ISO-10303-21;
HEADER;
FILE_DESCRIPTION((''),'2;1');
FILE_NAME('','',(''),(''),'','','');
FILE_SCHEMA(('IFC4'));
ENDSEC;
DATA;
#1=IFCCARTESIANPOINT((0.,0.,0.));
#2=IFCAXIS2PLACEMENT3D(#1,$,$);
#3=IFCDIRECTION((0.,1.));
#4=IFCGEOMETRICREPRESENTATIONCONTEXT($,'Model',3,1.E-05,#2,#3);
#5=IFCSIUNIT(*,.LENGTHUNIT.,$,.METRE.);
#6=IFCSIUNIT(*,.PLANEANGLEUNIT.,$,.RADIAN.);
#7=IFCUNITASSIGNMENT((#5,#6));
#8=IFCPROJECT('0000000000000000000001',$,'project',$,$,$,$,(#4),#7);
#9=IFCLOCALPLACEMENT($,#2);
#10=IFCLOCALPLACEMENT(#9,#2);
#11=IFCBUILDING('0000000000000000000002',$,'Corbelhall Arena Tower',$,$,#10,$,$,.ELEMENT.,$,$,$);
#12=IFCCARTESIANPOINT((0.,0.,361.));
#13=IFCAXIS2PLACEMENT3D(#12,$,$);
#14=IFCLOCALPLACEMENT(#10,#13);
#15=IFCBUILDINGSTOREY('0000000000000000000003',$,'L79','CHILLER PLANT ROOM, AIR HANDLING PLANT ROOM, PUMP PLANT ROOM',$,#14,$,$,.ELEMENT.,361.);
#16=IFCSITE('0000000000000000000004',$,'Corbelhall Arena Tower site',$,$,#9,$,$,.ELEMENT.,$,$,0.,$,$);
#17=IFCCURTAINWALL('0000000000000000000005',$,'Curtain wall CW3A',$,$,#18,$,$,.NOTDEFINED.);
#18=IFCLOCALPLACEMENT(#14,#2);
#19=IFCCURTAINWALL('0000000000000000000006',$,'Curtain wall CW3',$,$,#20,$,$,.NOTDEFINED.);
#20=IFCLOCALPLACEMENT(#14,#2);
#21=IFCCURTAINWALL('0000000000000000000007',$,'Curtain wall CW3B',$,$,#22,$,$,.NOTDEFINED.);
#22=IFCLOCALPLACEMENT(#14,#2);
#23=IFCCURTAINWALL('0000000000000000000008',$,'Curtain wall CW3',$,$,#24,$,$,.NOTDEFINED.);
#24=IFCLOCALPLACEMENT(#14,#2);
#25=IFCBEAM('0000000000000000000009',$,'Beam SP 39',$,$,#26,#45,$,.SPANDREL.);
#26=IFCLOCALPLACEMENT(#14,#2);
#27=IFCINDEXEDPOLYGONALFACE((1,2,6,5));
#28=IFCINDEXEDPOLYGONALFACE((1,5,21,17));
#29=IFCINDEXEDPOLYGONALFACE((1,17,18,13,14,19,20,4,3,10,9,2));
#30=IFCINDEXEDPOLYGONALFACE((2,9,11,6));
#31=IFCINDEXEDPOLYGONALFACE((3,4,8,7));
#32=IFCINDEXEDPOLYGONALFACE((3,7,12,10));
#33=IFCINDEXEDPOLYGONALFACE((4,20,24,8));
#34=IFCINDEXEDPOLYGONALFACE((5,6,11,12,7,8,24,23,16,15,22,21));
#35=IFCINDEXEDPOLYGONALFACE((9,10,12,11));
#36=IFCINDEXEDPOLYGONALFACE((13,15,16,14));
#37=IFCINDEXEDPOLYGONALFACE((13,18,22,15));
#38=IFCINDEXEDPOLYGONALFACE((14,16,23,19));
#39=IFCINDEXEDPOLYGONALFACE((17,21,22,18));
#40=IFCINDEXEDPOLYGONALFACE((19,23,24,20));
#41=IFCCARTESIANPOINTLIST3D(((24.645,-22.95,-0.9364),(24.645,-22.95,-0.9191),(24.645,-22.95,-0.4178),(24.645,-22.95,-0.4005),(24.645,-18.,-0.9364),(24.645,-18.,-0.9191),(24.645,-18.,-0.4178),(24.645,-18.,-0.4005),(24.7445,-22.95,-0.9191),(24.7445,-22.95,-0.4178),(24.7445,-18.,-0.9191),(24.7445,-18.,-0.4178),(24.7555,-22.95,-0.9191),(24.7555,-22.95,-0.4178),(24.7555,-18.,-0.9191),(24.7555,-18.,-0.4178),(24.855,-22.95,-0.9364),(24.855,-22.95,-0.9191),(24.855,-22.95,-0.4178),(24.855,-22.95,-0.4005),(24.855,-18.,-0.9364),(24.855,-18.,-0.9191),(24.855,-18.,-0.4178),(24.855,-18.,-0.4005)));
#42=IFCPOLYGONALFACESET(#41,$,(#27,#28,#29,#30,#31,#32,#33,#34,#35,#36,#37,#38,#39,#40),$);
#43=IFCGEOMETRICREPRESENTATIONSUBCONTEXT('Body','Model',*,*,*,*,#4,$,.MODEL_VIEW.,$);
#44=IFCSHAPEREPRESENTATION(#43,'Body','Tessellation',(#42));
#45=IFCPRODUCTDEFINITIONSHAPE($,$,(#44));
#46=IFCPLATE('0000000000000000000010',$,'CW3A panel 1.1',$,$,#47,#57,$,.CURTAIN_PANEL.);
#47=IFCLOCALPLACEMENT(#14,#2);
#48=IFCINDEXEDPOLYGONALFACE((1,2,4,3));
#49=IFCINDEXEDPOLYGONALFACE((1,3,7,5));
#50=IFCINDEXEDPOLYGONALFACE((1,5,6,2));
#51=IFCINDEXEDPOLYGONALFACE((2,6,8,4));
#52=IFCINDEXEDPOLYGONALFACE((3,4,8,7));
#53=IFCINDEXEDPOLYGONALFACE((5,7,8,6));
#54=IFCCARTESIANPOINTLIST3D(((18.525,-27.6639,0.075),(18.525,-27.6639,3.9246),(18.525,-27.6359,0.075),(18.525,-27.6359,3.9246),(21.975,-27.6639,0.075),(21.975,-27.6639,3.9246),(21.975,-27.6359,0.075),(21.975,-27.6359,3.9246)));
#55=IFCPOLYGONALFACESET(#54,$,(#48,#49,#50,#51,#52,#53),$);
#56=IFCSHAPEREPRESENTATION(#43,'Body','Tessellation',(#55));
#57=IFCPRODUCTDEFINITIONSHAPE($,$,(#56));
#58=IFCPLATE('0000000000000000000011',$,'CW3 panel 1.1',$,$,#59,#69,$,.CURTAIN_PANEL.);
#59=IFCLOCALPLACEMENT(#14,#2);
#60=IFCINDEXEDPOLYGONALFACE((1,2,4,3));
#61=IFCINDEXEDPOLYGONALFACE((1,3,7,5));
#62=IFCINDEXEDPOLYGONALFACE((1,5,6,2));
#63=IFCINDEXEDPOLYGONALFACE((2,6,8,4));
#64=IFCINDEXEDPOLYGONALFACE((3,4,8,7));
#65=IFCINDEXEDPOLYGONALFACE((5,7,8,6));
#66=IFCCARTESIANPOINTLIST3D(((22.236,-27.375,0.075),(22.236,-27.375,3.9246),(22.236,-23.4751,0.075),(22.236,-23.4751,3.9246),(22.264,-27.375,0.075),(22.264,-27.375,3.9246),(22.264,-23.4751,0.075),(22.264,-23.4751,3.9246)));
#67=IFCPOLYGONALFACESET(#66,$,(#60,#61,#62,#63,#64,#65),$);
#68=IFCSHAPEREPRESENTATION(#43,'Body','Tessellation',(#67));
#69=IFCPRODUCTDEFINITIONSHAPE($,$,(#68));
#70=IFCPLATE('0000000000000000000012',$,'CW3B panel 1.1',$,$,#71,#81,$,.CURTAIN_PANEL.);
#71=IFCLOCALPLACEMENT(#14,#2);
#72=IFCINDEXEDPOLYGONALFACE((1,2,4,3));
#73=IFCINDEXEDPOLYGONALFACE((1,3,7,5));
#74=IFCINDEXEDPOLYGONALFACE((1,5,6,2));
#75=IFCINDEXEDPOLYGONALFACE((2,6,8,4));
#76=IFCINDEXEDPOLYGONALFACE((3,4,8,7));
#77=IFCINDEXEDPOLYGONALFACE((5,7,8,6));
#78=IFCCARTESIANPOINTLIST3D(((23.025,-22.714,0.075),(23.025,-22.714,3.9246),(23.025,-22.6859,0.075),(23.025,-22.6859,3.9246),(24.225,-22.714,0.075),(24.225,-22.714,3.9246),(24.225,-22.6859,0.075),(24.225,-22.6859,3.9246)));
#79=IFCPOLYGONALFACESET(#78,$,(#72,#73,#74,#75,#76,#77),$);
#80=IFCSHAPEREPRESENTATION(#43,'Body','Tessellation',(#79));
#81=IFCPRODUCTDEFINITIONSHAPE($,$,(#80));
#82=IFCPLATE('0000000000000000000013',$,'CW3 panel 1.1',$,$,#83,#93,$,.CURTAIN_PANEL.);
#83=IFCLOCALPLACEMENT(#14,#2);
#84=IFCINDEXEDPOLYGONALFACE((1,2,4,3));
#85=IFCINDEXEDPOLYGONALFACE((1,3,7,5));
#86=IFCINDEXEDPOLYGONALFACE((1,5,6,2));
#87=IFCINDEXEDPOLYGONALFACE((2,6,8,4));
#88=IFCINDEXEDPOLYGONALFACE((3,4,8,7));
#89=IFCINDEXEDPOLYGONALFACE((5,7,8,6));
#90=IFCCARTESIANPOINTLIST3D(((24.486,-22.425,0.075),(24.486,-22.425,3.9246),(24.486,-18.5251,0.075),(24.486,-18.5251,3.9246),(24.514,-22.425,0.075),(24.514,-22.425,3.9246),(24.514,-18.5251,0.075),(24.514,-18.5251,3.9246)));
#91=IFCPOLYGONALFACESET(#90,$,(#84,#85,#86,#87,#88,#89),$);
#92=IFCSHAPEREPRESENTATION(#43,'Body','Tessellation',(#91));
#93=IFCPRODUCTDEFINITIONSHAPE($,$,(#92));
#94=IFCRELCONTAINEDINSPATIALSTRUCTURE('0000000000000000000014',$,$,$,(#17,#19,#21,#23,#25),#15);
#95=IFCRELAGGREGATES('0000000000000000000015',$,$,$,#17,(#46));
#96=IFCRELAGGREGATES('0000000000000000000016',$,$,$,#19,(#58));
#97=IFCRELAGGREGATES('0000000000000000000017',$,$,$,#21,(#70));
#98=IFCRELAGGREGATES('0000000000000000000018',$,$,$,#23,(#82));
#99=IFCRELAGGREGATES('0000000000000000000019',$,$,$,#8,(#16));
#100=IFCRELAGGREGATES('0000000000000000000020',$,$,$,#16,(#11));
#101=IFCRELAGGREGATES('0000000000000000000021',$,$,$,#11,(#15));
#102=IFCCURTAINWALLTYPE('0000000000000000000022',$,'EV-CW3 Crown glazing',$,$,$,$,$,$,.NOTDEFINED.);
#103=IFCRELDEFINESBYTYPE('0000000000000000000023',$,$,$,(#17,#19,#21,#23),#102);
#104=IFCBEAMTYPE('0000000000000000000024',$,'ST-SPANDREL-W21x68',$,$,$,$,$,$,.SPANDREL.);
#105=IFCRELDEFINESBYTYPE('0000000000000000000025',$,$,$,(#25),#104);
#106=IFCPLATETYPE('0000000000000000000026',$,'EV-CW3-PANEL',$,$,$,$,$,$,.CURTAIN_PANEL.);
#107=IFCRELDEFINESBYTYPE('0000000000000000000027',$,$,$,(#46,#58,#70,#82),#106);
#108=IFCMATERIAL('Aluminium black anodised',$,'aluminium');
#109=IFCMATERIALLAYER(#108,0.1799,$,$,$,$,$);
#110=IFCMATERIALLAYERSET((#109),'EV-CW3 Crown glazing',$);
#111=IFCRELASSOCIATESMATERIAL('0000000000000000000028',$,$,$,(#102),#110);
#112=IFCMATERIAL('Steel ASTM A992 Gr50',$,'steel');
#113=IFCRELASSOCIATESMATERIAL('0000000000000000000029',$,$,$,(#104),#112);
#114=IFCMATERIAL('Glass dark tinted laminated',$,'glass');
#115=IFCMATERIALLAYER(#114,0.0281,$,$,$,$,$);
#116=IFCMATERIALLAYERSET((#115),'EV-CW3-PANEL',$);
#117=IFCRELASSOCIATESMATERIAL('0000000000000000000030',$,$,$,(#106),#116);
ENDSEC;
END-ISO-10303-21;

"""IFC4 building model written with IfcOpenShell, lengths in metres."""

from ifc_helpers import new_model, si_unit, direction, frame, origin, origin_2d, place, context, subcontext, project, spatial, rectangle, i_section, extrude, material, layer, layer_set, material_profile, profile_set, type_object, element, aggregate, save


model = new_model("IFC4")

# Units and contexts
model_context = context("Model", 3, precision=1e-05, world=origin(), true_north=direction((0.0, 1.0)))
body_context = subcontext(model_context, "Body", "Model", "MODEL_VIEW")
ifc_project = project(units=[si_unit("LENGTHUNIT", "METRE"), si_unit("PLANEANGLEUNIT", "RADIAN")], contexts=[model_context])

# Site, building, storey
site_placement = place(None, origin())
site = spatial("IfcSite", under=ifc_project, at=site_placement, Name="Corbelhall Arena Tower site", CompositionType="ELEMENT", RefElevation=0.0)
building_placement = place(site_placement, origin())
building = spatial("IfcBuilding", under=site, at=building_placement, Name="Corbelhall Arena Tower", CompositionType="ELEMENT")
storey_placement = place(building_placement, frame((0.0, 0.0, 361.0)))
storey = spatial("IfcBuildingStorey", under=building, at=storey_placement, Name="L79", Description="CHILLER PLANT ROOM, AIR HANDLING PLANT ROOM, PUMP PLANT ROOM", CompositionType="ELEMENT", Elevation=361.0)

# Curtain wall
ifc_material_1 = material(Name="Aluminium black anodised", Category="aluminium")
ifc_layer_1 = layer(ifc_material_1, 0.1799)
ifc_layer_set_1 = layer_set([ifc_layer_1], Name="EV-CW3 Crown glazing")
curtain_wall_type = type_object("IfcCurtainWallType", Name="EV-CW3 Crown glazing", PredefinedType="NOTDEFINED", material=ifc_layer_set_1)
curtain_wall_1_placement = place(storey_placement, origin())
curtain_wall_1 = element("IfcCurtainWall", 1, at=curtain_wall_1_placement, inside=storey, type_object=curtain_wall_type, Name="Curtain wall CW3A", PredefinedType="NOTDEFINED")

# Curtain walls
curtain_wall_2_placement = place(storey_placement, origin())
curtain_wall_2 = element("IfcCurtainWall", 2, at=curtain_wall_2_placement, inside=storey, type_object=curtain_wall_type, Name="Curtain wall CW3", PredefinedType="NOTDEFINED")
curtain_wall_3_placement = place(storey_placement, origin())
curtain_wall_3 = element("IfcCurtainWall", 3, at=curtain_wall_3_placement, inside=storey, type_object=curtain_wall_type, Name="Curtain wall CW3B", PredefinedType="NOTDEFINED")
curtain_wall_4_placement = place(storey_placement, origin())
curtain_wall_4 = element("IfcCurtainWall", 4, at=curtain_wall_4_placement, inside=storey, type_object=curtain_wall_type, Name="Curtain wall CW3", PredefinedType="NOTDEFINED")

# Beam
ifc_material_2 = material(Name="Steel ASTM A992 Gr50", Category="steel")
ifc_material_profile_1 = material_profile(ifc_material_2, i_section(OverallWidth=0.21, OverallDepth=0.5359, WebThickness=0.011, FlangeThickness=0.0173, at=origin_2d()))
ifc_profile_set_1 = profile_set([ifc_material_profile_1], Name="Steel ASTM A992 Gr50")
beam_type = type_object("IfcBeamType", Name="ST-SPANDREL-W21x68", PredefinedType="SPANDREL", material=ifc_profile_set_1)
beam_1_placement = place(storey_placement, frame((24.75, -18.0, -0.6685), z_axis=(0.0, -1.0, 0.0), x_axis=(1.0, 0.0, 0.0)))
element("IfcBeam", 5, at=beam_1_placement, inside=storey, type_object=beam_type, Name="Beam SP 39", PredefinedType="SPANDREL", context=body_context, shape_type="SweptSolid", body=[
    extrude(i_section(OverallWidth=0.21, OverallDepth=0.5359, WebThickness=0.011, FlangeThickness=0.0173, at=origin_2d()), origin(), (0.0, 0.0, 1.0), 4.95),
])

# Plates
ifc_material_3 = material(Name="Glass dark tinted laminated", Category="glass")
ifc_layer_2 = layer(ifc_material_3, 0.0281)
ifc_layer_set_2 = layer_set([ifc_layer_2], Name="EV-CW3-PANEL")
plate_type = type_object("IfcPlateType", Name="EV-CW3-PANEL", PredefinedType="CURTAIN_PANEL", material=ifc_layer_set_2)
plate_1_placement = place(storey_placement, frame((20.25, -27.6499, 0.075), z_axis=(0.0, 0.0, 1.0), x_axis=(1.0, 0.0, 0.0)))
plate_1 = element("IfcPlate", 6, at=plate_1_placement, type_object=plate_type, Name="CW3A panel 1.1", PredefinedType="CURTAIN_PANEL", context=body_context, shape_type="SweptSolid", body=[
    extrude(rectangle(XDim=3.45, YDim=0.0281, at=origin_2d()), origin(), (0.0, 0.0, 1.0), 3.8496),
])
aggregate(curtain_wall_1, [plate_1])
plate_2_placement = place(storey_placement, frame((22.25, -25.425, 0.075), z_axis=(0.0, 0.0, 1.0), x_axis=(0.0, 1.0, 0.0)))
plate_2 = element("IfcPlate", 7, at=plate_2_placement, type_object=plate_type, Name="CW3 panel 1.1", PredefinedType="CURTAIN_PANEL", context=body_context, shape_type="SweptSolid", body=[
    extrude(rectangle(XDim=3.8999, YDim=0.0281, at=origin_2d()), origin(), (0.0, 0.0, 1.0), 3.8496),
])
aggregate(curtain_wall_2, [plate_2])
plate_3_placement = place(storey_placement, frame((23.625, -22.7, 0.075), z_axis=(0.0, 0.0, 1.0), x_axis=(1.0, 0.0, 0.0)))
plate_3 = element("IfcPlate", 8, at=plate_3_placement, type_object=plate_type, Name="CW3B panel 1.1", PredefinedType="CURTAIN_PANEL", context=body_context, shape_type="SweptSolid", body=[
    extrude(rectangle(XDim=1.2, YDim=0.0281, at=origin_2d()), origin(), (0.0, 0.0, 1.0), 3.8496),
])
aggregate(curtain_wall_3, [plate_3])
plate_4_placement = place(storey_placement, frame((24.5, -20.4751, 0.075), z_axis=(0.0, 0.0, 1.0), x_axis=(0.0, 1.0, 0.0)))
plate_4 = element("IfcPlate", 9, at=plate_4_placement, type_object=plate_type, Name="CW3 panel 1.1", PredefinedType="CURTAIN_PANEL", context=body_context, shape_type="SweptSolid", body=[
    extrude(rectangle(XDim=3.8999, YDim=0.0281, at=origin_2d()), origin(), (0.0, 0.0, 1.0), 3.8496),
])
aggregate(curtain_wall_4, [plate_4])

save(model, "model.ifc")
